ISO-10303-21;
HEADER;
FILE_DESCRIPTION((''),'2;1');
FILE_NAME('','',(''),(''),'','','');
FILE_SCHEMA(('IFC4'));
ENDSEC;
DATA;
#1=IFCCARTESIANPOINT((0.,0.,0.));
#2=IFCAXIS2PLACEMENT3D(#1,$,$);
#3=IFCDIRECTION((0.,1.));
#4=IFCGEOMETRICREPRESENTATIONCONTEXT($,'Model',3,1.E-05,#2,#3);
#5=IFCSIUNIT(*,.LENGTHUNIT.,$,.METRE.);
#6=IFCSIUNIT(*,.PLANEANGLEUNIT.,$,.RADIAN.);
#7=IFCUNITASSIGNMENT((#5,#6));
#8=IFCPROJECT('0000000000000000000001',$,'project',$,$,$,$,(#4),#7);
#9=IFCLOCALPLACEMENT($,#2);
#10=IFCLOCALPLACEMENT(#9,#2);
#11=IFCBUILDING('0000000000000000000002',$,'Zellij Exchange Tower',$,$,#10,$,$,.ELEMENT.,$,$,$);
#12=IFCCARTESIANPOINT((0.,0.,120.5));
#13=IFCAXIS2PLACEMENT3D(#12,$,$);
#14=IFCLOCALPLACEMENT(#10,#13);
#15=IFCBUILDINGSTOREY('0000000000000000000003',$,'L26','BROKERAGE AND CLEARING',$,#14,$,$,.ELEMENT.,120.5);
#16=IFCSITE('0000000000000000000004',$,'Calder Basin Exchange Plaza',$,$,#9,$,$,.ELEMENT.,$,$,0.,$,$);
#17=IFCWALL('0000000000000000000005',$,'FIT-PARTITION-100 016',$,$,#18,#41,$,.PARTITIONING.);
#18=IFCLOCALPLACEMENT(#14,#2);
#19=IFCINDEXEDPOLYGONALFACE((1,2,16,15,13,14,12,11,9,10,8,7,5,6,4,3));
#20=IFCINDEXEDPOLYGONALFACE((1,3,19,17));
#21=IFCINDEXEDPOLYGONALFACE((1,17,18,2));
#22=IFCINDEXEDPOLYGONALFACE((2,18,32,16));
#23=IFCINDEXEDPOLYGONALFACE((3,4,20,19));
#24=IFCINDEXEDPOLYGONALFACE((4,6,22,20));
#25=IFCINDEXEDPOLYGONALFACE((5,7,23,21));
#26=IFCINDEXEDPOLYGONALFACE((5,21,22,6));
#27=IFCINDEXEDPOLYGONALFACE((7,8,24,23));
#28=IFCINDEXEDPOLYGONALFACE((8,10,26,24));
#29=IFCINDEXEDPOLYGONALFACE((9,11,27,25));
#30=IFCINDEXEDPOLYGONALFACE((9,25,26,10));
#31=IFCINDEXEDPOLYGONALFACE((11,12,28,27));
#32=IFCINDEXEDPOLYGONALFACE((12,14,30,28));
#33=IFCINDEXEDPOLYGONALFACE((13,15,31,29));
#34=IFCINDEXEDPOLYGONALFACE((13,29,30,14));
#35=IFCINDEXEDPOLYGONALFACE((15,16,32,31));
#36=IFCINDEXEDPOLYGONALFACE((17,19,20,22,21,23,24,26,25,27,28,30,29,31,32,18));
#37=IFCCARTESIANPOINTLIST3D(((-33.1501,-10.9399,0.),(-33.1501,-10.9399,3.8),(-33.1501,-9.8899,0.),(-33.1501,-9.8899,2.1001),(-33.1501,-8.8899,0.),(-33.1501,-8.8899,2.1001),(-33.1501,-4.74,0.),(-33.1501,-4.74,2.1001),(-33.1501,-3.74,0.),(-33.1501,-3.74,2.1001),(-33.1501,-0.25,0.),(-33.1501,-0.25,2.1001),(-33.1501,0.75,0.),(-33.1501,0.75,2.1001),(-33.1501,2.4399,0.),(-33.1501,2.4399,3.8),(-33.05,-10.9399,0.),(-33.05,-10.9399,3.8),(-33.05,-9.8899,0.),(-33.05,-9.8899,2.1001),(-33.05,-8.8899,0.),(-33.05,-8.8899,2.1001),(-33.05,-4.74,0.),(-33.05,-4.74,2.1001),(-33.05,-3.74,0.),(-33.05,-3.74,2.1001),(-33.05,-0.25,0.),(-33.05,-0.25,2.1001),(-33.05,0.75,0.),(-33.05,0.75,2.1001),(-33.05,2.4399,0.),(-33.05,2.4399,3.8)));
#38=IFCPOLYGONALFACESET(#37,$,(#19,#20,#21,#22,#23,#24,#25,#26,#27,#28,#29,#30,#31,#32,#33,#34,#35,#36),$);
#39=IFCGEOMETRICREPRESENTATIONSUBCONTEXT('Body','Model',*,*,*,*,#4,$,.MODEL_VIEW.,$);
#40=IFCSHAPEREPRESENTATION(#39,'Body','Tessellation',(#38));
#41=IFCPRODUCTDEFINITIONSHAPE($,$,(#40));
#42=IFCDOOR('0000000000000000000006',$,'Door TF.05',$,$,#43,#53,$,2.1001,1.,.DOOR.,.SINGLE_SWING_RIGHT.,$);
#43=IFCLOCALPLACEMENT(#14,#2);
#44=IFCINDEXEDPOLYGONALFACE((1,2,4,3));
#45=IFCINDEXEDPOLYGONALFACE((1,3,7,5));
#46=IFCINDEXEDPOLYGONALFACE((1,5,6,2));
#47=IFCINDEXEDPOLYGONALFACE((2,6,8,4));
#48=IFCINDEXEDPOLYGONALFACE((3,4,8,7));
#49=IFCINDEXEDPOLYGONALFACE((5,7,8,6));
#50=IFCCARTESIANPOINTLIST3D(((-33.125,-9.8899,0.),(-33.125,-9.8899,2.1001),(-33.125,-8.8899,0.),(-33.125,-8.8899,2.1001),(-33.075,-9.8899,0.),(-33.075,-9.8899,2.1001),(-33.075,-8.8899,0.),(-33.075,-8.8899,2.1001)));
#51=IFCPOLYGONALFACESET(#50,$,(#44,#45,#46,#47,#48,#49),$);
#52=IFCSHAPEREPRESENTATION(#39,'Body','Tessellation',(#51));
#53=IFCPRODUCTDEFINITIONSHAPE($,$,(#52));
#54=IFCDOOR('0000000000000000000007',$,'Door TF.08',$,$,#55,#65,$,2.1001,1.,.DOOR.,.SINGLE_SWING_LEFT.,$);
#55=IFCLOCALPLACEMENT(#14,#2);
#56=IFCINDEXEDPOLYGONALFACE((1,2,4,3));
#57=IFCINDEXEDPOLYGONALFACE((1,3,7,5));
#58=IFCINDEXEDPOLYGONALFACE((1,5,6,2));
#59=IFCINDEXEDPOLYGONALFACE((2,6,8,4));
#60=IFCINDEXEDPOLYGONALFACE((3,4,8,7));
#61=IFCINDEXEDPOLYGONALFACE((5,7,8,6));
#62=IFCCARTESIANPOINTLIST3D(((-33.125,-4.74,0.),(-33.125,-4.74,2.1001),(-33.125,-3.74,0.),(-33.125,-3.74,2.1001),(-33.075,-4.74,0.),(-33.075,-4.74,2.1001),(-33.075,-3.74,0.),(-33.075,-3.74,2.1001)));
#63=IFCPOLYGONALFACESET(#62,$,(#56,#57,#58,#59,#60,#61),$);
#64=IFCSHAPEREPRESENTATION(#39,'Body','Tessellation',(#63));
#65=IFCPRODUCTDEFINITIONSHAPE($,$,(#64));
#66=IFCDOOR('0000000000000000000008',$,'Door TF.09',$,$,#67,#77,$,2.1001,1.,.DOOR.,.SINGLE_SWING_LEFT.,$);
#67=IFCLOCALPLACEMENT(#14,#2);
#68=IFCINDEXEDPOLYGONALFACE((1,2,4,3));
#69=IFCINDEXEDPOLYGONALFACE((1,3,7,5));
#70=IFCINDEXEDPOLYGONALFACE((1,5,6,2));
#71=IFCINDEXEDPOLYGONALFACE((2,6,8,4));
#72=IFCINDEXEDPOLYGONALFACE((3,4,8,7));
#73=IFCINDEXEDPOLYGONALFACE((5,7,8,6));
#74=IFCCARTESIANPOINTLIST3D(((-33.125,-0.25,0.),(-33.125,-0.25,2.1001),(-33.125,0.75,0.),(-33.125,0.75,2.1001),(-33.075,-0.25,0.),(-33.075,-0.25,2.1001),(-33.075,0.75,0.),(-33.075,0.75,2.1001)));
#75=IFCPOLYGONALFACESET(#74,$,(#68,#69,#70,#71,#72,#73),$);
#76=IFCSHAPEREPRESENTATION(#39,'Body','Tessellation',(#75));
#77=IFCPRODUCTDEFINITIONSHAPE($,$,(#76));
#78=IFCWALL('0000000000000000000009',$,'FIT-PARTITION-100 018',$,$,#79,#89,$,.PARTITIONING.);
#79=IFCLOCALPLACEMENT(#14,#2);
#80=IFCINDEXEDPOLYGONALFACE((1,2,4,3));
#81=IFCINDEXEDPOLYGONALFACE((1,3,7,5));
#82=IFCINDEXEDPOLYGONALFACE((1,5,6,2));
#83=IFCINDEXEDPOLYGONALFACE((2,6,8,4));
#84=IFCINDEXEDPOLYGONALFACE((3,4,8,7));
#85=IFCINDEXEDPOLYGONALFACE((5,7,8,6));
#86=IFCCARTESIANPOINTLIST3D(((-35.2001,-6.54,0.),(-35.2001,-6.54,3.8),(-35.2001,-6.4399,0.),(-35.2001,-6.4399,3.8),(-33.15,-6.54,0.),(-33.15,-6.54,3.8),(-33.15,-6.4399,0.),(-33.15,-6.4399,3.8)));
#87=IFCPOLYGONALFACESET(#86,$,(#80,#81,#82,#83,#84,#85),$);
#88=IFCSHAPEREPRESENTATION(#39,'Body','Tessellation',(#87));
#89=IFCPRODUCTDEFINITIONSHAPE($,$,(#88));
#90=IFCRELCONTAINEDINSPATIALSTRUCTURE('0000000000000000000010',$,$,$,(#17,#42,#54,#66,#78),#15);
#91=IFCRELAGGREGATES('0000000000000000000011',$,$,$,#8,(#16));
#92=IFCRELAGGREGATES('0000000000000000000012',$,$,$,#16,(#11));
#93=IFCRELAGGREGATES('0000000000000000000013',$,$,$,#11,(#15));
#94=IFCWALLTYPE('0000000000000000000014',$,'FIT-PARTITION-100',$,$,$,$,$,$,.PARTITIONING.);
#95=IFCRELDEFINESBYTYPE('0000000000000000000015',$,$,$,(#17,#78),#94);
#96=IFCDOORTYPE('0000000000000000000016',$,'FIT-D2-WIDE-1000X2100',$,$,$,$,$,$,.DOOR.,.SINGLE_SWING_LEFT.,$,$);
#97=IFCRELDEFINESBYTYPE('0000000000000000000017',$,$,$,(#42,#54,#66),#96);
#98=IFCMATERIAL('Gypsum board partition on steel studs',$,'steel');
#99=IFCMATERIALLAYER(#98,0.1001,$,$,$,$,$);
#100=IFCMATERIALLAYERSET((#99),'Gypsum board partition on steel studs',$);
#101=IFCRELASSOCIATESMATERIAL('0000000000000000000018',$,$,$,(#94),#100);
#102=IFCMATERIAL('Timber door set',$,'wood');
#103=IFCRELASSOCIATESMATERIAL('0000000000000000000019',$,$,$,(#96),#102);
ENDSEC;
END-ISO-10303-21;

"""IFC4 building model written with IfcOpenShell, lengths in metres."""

from ifc_helpers import new_model, si_unit, direction, frame, frame_2d, origin, place, context, subcontext, project, spatial, rectangle, extrude, material, layer, layer_set, type_object, element, fill, save


model = new_model("IFC4")

# Units and contexts
model_context = context("Model", 3, precision=1e-05, world=origin(), true_north=direction((0.0, 1.0)))
body_context = subcontext(model_context, "Body", "Model", "MODEL_VIEW")
ifc_project = project(units=[si_unit("LENGTHUNIT", "METRE"), si_unit("PLANEANGLEUNIT", "RADIAN")], contexts=[model_context])

# Site, building, storey
site_placement = place(None, origin())
site = spatial("IfcSite", under=ifc_project, at=site_placement, Name="Calder Basin Exchange Plaza", CompositionType="ELEMENT", RefElevation=0.0)
building_placement = place(site_placement, origin())
building = spatial("IfcBuilding", under=site, at=building_placement, Name="Zellij Exchange Tower", CompositionType="ELEMENT")
storey_placement = place(building_placement, frame((0.0, 0.0, 120.5)))
storey = spatial("IfcBuildingStorey", under=building, at=storey_placement, Name="L26", Description="BROKERAGE AND CLEARING", CompositionType="ELEMENT", Elevation=120.5)

# Shared definitions
ifc_material_1 = material(Name="Gypsum board partition on steel studs", Category="steel")
ifc_layer = layer(ifc_material_1, 0.1001)
ifc_layer_set = layer_set([ifc_layer], Name="Gypsum board partition on steel studs")
wall_type = type_object("IfcWallType", Name="FIT-PARTITION-100", PredefinedType="PARTITIONING", material=ifc_layer_set)

# Wall, openings, doors
wall_1_placement = place(storey_placement, frame((-33.1001, -10.9399, 0.0), z_axis=(0.0, 0.0, 1.0), x_axis=(0.0, 1.0, 0.0)))
wall_1 = element("IfcWall", 1, at=wall_1_placement, inside=storey, type_object=wall_type, Name="FIT-PARTITION-100 016", PredefinedType="PARTITIONING", context=body_context, shape_type="SweptSolid", body=[
    extrude(rectangle(XDim=13.3799, YDim=0.1001, at=frame_2d((6.6899, 0.0))), origin(), (0.0, 0.0, 1.0), 3.8),
])
opening_1_placement = place(wall_1_placement, frame((1.05, 0.0, 0.0)))
opening_1 = element("IfcOpeningElement", 2, at=opening_1_placement, cuts=wall_1, PredefinedType="OPENING", context=body_context, shape_type="SweptSolid", body=[
    extrude(rectangle(XDim=1.0, YDim=2.1001, at=frame_2d((0.5, 1.05))), frame((0.0, 0.062, 0.0), z_axis=(0.0, -1.0, 0.0), x_axis=(1.0, 0.0, 0.0)), (0.0, 0.0, 1.0), 0.124),
])
opening_2_placement = place(wall_1_placement, frame((6.2, 0.0, 0.0)))
opening_2 = element("IfcOpeningElement", 3, at=opening_2_placement, cuts=wall_1, PredefinedType="OPENING", context=body_context, shape_type="SweptSolid", body=[
    extrude(rectangle(XDim=1.0, YDim=2.1001, at=frame_2d((0.5, 1.05))), frame((0.0, 0.062, 0.0), z_axis=(0.0, -1.0, 0.0), x_axis=(1.0, 0.0, 0.0)), (0.0, 0.0, 1.0), 0.124),
])
opening_3_placement = place(wall_1_placement, frame((10.6899, 0.0, 0.0)))
opening_3 = element("IfcOpeningElement", 4, at=opening_3_placement, cuts=wall_1, PredefinedType="OPENING", context=body_context, shape_type="SweptSolid", body=[
    extrude(rectangle(XDim=1.0, YDim=2.1001, at=frame_2d((0.5, 1.05))), frame((0.0, 0.062, 0.0), z_axis=(0.0, -1.0, 0.0), x_axis=(1.0, 0.0, 0.0)), (0.0, 0.0, 1.0), 0.124),
])
ifc_material_2 = material(Name="Timber door set", Category="wood")
door_type = type_object("IfcDoorType", Name="FIT-D2-WIDE-1000X2100", OperationType="SINGLE_SWING_LEFT", PredefinedType="DOOR", material=ifc_material_2)
door_1_placement = place(opening_1_placement, origin())
door_1 = element("IfcDoor", 5, at=door_1_placement, inside=storey, type_object=door_type, Name="Door TF.05", OperationType="SINGLE_SWING_RIGHT", OverallHeight=2.1001, OverallWidth=1.0, PredefinedType="DOOR", context=body_context, shape_type="SweptSolid", body=[
    extrude(rectangle(XDim=1.0, YDim=2.1001, at=frame_2d((0.5, 1.05))), frame((0.0, 0.0249, 0.0), z_axis=(0.0, -1.0, 0.0), x_axis=(1.0, 0.0, 0.0)), (0.0, 0.0, 1.0), 0.05),
])
fill(opening_1, door_1)
door_2_placement = place(opening_2_placement, origin())
door_2 = element("IfcDoor", 6, at=door_2_placement, inside=storey, type_object=door_type, Name="Door TF.08", OperationType="SINGLE_SWING_LEFT", OverallHeight=2.1001, OverallWidth=1.0, PredefinedType="DOOR", context=body_context, shape_type="SweptSolid", body=[
    extrude(rectangle(XDim=1.0, YDim=2.1001, at=frame_2d((0.5, 1.05))), frame((0.0, 0.0249, 0.0), z_axis=(0.0, -1.0, 0.0), x_axis=(1.0, 0.0, 0.0)), (0.0, 0.0, 1.0), 0.05),
])
fill(opening_2, door_2)
door_3_placement = place(opening_3_placement, origin())
door_3 = element("IfcDoor", 7, at=door_3_placement, inside=storey, type_object=door_type, Name="Door TF.09", OperationType="SINGLE_SWING_LEFT", OverallHeight=2.1001, OverallWidth=1.0, PredefinedType="DOOR", context=body_context, shape_type="SweptSolid", body=[
    extrude(rectangle(XDim=1.0, YDim=2.1001, at=frame_2d((0.5, 1.05))), frame((0.0, 0.0249, 0.0), z_axis=(0.0, -1.0, 0.0), x_axis=(1.0, 0.0, 0.0)), (0.0, 0.0, 1.0), 0.05),
])
fill(opening_3, door_3)

# Wall
wall_2_placement = place(storey_placement, frame((-35.2, -6.49, 0.0), z_axis=(0.0, 0.0, 1.0), x_axis=(1.0, 0.0, 0.0)))
element("IfcWall", 8, at=wall_2_placement, inside=storey, type_object=wall_type, Name="FIT-PARTITION-100 018", PredefinedType="PARTITIONING", context=body_context, shape_type="SweptSolid", body=[
    extrude(rectangle(XDim=2.05, YDim=0.1001, at=frame_2d((1.0249, 0.0))), origin(), (0.0, 0.0, 1.0), 3.8),
])

save(model, "model.ifc")
